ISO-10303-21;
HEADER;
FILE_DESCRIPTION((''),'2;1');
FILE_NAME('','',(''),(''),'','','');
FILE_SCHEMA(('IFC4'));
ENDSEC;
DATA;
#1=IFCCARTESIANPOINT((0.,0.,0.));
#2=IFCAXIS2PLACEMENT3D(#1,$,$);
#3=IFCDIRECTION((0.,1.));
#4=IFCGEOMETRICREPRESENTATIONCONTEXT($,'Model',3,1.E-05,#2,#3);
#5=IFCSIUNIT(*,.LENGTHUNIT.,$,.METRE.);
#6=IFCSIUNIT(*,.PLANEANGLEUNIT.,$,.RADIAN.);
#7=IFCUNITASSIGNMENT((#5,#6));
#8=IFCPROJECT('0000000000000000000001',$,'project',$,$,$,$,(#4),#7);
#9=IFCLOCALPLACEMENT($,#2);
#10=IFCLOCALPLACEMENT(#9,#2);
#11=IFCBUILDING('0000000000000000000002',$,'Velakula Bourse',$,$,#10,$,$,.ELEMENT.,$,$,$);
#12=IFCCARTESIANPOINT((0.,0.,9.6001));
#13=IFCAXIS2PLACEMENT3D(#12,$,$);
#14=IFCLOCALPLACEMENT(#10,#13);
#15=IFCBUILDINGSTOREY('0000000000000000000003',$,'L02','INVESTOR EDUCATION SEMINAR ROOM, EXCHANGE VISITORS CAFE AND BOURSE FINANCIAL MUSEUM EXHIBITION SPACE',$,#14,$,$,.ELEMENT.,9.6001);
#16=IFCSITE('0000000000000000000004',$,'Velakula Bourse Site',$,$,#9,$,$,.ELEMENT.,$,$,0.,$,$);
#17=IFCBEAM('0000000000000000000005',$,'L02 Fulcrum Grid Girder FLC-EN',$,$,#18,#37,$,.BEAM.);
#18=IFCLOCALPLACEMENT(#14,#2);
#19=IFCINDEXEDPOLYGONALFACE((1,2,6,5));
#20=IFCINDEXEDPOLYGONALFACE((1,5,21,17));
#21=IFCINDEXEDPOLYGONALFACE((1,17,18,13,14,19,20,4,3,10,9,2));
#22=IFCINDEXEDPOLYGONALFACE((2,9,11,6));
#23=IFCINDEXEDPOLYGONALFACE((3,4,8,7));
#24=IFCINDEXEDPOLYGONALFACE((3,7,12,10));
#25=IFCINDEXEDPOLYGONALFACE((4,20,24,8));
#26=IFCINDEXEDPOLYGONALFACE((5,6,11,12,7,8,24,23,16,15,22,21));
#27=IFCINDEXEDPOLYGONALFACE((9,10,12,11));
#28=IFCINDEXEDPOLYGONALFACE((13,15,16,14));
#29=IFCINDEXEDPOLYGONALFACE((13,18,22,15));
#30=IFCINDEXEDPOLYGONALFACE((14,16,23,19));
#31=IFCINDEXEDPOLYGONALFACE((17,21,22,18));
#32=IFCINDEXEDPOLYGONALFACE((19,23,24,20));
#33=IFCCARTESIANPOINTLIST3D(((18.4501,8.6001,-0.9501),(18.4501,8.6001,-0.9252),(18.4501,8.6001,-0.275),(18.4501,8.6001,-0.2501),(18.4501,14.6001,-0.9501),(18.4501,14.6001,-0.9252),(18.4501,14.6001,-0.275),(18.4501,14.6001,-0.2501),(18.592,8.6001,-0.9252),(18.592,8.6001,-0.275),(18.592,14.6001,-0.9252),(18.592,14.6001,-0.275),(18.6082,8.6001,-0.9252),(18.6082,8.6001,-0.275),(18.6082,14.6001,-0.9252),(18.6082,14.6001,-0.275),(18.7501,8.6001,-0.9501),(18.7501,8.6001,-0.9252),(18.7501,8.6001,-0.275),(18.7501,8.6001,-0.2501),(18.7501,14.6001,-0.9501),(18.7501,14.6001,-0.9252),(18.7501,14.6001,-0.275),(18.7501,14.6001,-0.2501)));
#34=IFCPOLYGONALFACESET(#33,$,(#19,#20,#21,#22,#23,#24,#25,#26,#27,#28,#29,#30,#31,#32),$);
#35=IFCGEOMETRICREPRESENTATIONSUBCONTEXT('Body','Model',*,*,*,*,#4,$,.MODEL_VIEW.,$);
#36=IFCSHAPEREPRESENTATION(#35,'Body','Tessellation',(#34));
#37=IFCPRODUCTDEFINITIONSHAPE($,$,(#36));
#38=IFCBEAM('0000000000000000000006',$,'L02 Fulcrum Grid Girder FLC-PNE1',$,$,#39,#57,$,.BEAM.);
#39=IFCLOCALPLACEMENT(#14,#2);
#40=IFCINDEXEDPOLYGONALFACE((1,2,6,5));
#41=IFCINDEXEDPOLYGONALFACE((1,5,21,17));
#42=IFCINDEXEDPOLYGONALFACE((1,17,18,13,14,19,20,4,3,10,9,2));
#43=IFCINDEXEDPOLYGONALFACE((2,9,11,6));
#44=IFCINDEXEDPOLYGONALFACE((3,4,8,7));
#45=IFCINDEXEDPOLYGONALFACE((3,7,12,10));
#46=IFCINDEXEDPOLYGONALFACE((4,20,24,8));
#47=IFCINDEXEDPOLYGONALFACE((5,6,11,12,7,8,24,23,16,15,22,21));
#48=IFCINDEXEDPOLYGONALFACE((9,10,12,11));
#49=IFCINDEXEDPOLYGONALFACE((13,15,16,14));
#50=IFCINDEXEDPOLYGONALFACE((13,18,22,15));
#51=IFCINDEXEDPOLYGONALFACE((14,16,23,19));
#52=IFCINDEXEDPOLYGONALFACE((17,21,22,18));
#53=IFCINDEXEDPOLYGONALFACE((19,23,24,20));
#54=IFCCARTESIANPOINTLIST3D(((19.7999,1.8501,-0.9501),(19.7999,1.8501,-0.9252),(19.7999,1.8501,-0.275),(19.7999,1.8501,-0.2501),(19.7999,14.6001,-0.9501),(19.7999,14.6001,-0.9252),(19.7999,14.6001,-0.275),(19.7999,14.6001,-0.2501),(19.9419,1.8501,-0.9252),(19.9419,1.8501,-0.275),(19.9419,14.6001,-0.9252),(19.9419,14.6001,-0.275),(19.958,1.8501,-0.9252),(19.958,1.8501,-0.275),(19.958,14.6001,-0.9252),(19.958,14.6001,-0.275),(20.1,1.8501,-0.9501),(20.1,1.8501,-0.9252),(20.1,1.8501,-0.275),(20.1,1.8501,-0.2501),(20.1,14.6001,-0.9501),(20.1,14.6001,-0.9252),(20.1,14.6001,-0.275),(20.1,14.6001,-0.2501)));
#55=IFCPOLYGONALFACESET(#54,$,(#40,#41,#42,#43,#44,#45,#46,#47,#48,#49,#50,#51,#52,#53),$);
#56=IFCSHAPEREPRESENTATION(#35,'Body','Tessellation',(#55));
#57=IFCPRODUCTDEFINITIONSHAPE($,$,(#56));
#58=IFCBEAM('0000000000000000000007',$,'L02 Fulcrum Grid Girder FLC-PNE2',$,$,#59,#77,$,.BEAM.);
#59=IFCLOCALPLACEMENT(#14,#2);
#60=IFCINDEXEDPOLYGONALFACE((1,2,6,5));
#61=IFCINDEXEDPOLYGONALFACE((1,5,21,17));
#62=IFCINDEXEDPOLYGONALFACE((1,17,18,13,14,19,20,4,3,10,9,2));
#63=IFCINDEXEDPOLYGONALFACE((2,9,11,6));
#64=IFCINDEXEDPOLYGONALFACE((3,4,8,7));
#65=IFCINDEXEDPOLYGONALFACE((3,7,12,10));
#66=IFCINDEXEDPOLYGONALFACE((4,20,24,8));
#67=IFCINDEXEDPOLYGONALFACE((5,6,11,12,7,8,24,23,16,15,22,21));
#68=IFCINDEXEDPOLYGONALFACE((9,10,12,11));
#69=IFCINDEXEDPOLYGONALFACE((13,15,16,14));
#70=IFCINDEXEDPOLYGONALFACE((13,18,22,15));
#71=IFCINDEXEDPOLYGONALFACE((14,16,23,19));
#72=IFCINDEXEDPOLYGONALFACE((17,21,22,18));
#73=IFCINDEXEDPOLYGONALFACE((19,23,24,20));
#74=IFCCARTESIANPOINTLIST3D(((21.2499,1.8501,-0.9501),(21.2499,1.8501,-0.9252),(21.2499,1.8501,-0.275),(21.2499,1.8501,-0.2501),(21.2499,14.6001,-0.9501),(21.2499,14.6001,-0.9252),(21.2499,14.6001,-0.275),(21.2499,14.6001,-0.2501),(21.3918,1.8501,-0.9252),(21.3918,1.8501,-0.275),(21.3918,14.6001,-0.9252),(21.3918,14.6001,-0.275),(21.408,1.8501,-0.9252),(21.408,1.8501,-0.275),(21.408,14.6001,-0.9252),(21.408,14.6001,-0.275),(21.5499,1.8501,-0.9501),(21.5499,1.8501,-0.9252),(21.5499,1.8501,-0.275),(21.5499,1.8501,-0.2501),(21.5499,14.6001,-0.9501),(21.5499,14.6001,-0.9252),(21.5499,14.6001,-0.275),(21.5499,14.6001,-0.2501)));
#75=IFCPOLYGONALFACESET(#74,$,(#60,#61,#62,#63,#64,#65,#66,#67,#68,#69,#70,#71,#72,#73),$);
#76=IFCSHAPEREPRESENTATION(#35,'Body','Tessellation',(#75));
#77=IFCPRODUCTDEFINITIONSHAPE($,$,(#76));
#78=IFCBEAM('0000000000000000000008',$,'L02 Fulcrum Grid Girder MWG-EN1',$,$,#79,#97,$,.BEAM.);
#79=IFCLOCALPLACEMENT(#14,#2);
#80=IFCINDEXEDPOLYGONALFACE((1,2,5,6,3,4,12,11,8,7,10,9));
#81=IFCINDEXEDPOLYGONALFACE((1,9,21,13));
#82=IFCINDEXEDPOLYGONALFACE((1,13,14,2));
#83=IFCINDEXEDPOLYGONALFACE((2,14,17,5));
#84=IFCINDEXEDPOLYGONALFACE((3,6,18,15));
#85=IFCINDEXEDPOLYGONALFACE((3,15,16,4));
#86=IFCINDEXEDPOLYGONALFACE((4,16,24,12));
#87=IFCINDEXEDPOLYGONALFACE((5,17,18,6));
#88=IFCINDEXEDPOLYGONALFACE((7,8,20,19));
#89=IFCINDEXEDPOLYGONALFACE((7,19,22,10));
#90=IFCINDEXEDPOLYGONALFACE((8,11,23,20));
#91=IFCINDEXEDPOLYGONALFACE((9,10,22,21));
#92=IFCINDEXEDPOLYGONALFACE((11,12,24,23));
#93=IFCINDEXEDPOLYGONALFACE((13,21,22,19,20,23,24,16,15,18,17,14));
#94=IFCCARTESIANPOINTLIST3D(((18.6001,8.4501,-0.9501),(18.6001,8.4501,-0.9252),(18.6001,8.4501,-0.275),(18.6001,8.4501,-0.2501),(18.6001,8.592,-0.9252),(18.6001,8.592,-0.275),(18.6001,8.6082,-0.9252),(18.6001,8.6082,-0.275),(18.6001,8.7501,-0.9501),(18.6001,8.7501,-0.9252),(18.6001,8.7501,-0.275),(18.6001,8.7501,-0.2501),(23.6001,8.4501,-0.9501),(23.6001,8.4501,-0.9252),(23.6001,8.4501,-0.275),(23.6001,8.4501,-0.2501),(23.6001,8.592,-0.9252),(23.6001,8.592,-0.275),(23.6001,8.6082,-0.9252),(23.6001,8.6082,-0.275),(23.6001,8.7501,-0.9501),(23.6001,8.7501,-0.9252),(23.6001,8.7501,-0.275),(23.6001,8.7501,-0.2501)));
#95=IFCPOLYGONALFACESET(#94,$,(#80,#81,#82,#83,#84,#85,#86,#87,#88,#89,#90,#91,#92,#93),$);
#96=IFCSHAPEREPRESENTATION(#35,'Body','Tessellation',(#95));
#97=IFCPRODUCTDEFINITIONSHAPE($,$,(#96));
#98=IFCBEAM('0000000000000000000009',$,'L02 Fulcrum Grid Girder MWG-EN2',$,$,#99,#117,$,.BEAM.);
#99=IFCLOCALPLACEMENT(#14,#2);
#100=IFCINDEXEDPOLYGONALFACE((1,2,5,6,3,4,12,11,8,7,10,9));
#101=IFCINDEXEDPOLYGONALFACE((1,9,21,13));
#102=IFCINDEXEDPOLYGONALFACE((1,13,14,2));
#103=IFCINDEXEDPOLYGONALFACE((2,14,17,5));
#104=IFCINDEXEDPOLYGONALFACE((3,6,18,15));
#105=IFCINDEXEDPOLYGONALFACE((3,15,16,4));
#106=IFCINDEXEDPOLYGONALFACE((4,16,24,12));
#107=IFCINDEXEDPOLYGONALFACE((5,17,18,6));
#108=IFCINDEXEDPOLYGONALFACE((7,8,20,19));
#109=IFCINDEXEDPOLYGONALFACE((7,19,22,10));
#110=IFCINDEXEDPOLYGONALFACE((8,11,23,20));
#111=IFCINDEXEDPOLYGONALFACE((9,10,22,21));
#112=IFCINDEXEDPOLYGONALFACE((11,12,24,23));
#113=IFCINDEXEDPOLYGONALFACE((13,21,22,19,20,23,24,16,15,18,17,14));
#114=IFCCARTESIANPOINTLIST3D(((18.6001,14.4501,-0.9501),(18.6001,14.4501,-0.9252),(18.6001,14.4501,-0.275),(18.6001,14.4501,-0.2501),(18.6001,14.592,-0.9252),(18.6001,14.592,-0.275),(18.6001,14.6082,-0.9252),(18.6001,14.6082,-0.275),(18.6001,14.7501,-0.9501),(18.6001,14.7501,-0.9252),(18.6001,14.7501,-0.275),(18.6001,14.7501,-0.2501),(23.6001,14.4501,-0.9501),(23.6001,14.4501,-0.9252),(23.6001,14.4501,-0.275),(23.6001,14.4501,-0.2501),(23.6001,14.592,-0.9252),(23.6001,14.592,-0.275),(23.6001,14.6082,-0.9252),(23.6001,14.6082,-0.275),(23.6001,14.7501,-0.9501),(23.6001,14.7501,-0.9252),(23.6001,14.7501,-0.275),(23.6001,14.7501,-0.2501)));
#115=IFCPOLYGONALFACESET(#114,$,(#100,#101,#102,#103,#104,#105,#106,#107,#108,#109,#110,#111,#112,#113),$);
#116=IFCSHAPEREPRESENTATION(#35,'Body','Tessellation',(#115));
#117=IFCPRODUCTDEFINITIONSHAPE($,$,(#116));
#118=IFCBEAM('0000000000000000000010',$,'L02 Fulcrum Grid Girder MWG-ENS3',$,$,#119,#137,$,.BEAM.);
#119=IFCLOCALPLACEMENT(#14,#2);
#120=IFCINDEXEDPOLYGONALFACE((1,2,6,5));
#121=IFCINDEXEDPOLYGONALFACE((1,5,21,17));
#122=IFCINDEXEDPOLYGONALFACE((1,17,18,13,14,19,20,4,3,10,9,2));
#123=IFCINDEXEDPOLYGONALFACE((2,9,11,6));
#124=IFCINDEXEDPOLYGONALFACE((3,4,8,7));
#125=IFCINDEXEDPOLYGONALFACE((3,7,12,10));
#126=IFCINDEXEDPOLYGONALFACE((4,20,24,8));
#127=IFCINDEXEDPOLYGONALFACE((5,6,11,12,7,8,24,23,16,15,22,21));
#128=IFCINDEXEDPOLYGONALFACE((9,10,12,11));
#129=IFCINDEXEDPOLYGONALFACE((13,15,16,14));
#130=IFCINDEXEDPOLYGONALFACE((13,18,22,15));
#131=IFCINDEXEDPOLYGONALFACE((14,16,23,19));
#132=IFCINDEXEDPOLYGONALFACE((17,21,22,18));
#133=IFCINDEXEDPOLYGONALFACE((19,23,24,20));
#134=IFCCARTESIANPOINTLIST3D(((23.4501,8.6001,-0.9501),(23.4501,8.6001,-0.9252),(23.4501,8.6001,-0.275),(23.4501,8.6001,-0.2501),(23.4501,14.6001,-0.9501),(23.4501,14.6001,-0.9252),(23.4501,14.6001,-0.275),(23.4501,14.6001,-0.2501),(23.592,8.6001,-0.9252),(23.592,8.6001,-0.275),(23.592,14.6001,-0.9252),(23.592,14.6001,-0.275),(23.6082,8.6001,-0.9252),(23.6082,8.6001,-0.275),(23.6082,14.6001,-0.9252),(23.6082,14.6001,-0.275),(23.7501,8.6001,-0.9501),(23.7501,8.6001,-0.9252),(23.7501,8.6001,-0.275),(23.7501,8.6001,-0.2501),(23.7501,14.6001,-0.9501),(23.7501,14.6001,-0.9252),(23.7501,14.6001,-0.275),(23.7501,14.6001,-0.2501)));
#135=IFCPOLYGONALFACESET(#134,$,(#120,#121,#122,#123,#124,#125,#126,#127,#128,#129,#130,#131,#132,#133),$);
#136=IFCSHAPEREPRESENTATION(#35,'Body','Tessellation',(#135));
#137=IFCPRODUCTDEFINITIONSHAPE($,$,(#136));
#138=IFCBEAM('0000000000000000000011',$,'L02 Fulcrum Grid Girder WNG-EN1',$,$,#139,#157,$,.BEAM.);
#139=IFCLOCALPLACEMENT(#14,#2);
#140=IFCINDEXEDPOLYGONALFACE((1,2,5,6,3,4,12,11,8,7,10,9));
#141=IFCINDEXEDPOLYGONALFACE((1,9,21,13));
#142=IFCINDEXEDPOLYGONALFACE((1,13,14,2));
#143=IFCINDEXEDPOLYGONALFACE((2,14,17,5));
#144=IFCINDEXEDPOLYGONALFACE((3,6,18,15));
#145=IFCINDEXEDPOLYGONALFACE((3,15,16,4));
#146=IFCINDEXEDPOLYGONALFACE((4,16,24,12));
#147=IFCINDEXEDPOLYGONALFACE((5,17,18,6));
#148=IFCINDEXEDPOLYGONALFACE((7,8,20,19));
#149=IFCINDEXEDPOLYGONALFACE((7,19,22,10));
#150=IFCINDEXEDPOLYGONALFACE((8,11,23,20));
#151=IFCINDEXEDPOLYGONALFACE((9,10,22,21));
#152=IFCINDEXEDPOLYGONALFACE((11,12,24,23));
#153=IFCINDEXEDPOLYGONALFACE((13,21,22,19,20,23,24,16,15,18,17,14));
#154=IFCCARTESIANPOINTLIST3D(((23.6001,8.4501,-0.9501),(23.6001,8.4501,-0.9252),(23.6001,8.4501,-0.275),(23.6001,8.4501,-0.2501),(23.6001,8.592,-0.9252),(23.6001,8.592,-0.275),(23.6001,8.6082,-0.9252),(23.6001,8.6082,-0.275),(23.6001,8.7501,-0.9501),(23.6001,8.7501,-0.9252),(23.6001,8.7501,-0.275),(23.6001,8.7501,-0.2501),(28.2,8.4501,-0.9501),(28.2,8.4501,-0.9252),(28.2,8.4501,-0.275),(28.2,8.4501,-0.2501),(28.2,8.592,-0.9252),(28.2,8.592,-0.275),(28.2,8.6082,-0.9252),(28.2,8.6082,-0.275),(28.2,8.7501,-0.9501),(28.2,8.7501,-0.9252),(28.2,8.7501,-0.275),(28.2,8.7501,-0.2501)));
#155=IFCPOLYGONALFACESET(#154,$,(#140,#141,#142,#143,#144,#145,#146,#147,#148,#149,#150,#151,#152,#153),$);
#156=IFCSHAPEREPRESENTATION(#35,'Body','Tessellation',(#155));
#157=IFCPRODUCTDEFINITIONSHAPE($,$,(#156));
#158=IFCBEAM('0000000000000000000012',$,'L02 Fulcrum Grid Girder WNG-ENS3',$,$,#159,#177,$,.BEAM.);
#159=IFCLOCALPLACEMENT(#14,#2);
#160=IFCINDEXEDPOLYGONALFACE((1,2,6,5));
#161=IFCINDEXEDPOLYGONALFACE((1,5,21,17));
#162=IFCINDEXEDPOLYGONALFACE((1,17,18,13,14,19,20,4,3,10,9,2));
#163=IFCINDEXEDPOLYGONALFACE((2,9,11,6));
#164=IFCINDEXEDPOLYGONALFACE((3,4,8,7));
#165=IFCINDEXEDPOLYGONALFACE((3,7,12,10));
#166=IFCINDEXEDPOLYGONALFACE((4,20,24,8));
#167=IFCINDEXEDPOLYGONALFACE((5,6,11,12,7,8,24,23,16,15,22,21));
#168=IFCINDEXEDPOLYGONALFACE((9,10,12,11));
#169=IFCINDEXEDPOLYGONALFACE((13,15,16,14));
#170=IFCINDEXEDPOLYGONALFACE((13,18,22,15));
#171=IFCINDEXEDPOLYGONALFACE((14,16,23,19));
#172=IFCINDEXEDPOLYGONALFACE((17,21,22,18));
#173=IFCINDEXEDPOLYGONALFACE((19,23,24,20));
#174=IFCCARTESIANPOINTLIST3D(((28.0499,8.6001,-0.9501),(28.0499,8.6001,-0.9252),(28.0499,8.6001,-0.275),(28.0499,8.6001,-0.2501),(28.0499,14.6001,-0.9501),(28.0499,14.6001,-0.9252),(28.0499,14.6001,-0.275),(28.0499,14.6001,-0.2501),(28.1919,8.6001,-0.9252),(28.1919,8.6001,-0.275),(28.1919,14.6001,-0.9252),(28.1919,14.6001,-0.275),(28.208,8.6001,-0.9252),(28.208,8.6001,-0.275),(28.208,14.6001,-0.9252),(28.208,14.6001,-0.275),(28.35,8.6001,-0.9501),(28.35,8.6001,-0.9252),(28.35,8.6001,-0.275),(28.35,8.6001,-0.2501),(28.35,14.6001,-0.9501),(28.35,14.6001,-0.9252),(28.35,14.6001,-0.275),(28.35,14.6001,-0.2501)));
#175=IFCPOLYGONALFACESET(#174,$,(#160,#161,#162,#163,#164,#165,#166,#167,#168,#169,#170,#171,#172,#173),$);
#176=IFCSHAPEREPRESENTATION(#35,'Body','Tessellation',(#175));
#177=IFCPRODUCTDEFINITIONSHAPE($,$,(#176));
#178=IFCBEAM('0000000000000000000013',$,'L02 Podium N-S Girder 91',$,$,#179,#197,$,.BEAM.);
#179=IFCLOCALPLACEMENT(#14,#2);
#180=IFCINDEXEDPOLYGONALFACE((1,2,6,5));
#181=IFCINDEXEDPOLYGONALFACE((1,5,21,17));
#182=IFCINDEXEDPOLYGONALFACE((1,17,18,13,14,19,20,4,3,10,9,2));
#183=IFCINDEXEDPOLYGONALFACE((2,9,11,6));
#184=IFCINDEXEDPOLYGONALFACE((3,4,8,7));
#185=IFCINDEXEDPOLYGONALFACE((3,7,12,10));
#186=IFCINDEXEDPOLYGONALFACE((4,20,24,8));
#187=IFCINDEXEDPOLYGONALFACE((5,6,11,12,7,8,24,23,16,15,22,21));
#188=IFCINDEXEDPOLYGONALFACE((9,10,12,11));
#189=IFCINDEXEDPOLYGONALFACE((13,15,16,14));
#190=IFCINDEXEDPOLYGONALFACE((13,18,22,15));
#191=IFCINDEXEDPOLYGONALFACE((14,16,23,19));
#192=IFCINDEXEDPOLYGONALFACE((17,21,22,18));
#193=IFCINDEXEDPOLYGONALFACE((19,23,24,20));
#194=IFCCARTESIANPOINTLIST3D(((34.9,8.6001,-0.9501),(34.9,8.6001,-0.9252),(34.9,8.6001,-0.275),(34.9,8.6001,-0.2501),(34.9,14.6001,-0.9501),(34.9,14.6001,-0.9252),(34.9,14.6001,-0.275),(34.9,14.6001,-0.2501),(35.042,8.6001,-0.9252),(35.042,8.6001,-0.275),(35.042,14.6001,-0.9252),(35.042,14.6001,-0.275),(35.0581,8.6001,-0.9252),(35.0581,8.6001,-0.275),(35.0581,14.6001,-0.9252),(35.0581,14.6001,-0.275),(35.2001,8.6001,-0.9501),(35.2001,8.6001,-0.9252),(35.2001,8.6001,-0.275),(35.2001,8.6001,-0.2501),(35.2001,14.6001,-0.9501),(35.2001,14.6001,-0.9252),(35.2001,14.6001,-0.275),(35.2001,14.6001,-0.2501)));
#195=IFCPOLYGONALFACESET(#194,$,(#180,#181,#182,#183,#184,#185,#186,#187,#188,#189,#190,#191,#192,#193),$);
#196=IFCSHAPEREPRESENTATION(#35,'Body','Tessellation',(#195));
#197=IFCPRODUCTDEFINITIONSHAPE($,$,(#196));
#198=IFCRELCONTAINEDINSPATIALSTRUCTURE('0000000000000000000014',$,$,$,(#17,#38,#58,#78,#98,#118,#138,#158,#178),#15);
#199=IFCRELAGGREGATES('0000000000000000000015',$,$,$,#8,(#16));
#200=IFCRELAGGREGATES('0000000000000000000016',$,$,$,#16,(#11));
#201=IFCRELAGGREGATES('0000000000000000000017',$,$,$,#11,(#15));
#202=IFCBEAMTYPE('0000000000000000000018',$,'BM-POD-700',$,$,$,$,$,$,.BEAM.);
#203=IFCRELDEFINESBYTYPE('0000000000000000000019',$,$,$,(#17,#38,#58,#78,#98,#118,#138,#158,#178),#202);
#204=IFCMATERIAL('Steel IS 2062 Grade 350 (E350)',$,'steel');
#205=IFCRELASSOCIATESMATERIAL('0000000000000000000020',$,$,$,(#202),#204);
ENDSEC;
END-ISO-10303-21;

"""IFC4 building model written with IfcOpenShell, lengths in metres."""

from ifc_helpers import new_model, si_unit, direction, frame, origin, origin_2d, place, context, subcontext, project, spatial, i_section, extrude, material, material_profile, profile_set, type_object, element, save


model = new_model("IFC4")

# Units and contexts
model_context = context("Model", 3, precision=1e-05, world=origin(), true_north=direction((0.0, 1.0)))
body_context = subcontext(model_context, "Body", "Model", "MODEL_VIEW")
ifc_project = project(units=[si_unit("LENGTHUNIT", "METRE"), si_unit("PLANEANGLEUNIT", "RADIAN")], contexts=[model_context])

# Site, building, storey
site_placement = place(None, origin())
site = spatial("IfcSite", under=ifc_project, at=site_placement, Name="Velakula Bourse Site", CompositionType="ELEMENT", RefElevation=0.0)
building_placement = place(site_placement, origin())
building = spatial("IfcBuilding", under=site, at=building_placement, Name="Velakula Bourse", CompositionType="ELEMENT")
storey_placement = place(building_placement, frame((0.0, 0.0, 9.6001)))
storey = spatial("IfcBuildingStorey", under=building, at=storey_placement, Name="L02", Description="INVESTOR EDUCATION SEMINAR ROOM, EXCHANGE VISITORS CAFE AND BOURSE FINANCIAL MUSEUM EXHIBITION SPACE", CompositionType="ELEMENT", Elevation=9.6001)

# Beams
ifc_material_1 = material(Name="Steel IS 2062 Grade 350 (E350)", Category="steel")
ifc_material_profile_1 = material_profile(ifc_material_1, i_section(OverallWidth=0.3, OverallDepth=0.7, WebThickness=0.0161, FlangeThickness=0.0249, at=origin_2d()), Name="Steel IS 2062 Grade 350 (E350)")
ifc_profile_set_1 = profile_set([ifc_material_profile_1], Name="Steel IS 2062 Grade 350 (E350)")
beam_type_1 = type_object("IfcBeamType", Name="BM-POD-700", PredefinedType="BEAM", material=ifc_profile_set_1)
beam_1_placement = place(storey_placement, frame((18.6001, 8.6001, -0.6001), z_axis=(0.0, 1.0, 0.0), x_axis=(-1.0, 0.0, 0.0)))
element("IfcBeam", 1, at=beam_1_placement, inside=storey, type_object=beam_type_1, Name="L02 Fulcrum Grid Girder FLC-EN", PredefinedType="BEAM", context=body_context, shape_type="SweptSolid", body=[
    extrude(i_section(OverallWidth=0.3, OverallDepth=0.7, WebThickness=0.0161, FlangeThickness=0.0249, at=origin_2d()), origin(), (0.0, 0.0, 1.0), 6.0),
])
for number, where, z_axis, x_axis, name in (
    (2, (19.95, 1.8501, -0.6001), (0.0, 1.0, 0.0), (-1.0, 0.0, 0.0), "L02 Fulcrum Grid Girder FLC-PNE1"),
    (3, (21.3999, 1.8501, -0.6001), (0.0, 1.0, 0.0), (-1.0, 0.0, 0.0), "L02 Fulcrum Grid Girder FLC-PNE2"),
):
    element("IfcBeam", number, at=place(storey_placement, frame(where, z_axis=z_axis, x_axis=x_axis)), inside=storey, type_object=beam_type_1, Name=name, PredefinedType="BEAM", context=body_context, shape_type="SweptSolid", body=[
        extrude(i_section(OverallWidth=0.3, OverallDepth=0.7, WebThickness=0.0161, FlangeThickness=0.0249, at=origin_2d()), origin(), (0.0, 0.0, 1.0), 12.75),
    ])
for number, where, z_axis, x_axis, name in (
    (4, (18.6001, 8.6001, -0.6001), (1.0, 0.0, 0.0), (0.0, 1.0, 0.0), "L02 Fulcrum Grid Girder MWG-EN1"),
    (5, (18.6001, 14.6001, -0.6001), (1.0, 0.0, 0.0), (0.0, 1.0, 0.0), "L02 Fulcrum Grid Girder MWG-EN2"),
):
    element("IfcBeam", number, at=place(storey_placement, frame(where, z_axis=z_axis, x_axis=x_axis)), inside=storey, type_object=beam_type_1, Name=name, PredefinedType="BEAM", context=body_context, shape_type="SweptSolid", body=[
        extrude(i_section(OverallWidth=0.3, OverallDepth=0.7, WebThickness=0.0161, FlangeThickness=0.0249, at=origin_2d()), origin(), (0.0, 0.0, 1.0), 5.0),
    ])
beam_2_placement = place(storey_placement, frame((23.6001, 8.6001, -0.6001), z_axis=(0.0, 1.0, 0.0), x_axis=(-1.0, 0.0, 0.0)))
element("IfcBeam", 6, at=beam_2_placement, inside=storey, type_object=beam_type_1, Name="L02 Fulcrum Grid Girder MWG-ENS3", PredefinedType="BEAM", context=body_context, shape_type="SweptSolid", body=[
    extrude(i_section(OverallWidth=0.3, OverallDepth=0.7, WebThickness=0.0161, FlangeThickness=0.0249, at=origin_2d()), origin(), (0.0, 0.0, 1.0), 6.0),
])
beam_3_placement = place(storey_placement, frame((23.6001, 8.6001, -0.6001), z_axis=(1.0, 0.0, 0.0), x_axis=(0.0, 1.0, 0.0)))
element("IfcBeam", 7, at=beam_3_placement, inside=storey, type_object=beam_type_1, Name="L02 Fulcrum Grid Girder WNG-EN1", PredefinedType="BEAM", context=body_context, shape_type="SweptSolid", body=[
    extrude(i_section(OverallWidth=0.3, OverallDepth=0.7, WebThickness=0.0161, FlangeThickness=0.0249, at=origin_2d()), origin(), (0.0, 0.0, 1.0), 4.5999),
])
for number, where, z_axis, x_axis, name in (
    (8, (28.2, 8.6001, -0.6001), (0.0, 1.0, 0.0), (-1.0, 0.0, 0.0), "L02 Fulcrum Grid Girder WNG-ENS3"),
    (9, (35.05, 8.6001, -0.6001), (0.0, 1.0, 0.0), (-1.0, 0.0, 0.0), "L02 Podium N-S Girder 91"),
):
    element("IfcBeam", number, at=place(storey_placement, frame(where, z_axis=z_axis, x_axis=x_axis)), inside=storey, type_object=beam_type_1, Name=name, PredefinedType="BEAM", context=body_context, shape_type="SweptSolid", body=[
        extrude(i_section(OverallWidth=0.3, OverallDepth=0.7, WebThickness=0.0161, FlangeThickness=0.0249, at=origin_2d()), origin(), (0.0, 0.0, 1.0), 6.0),
    ])

save(model, "model.ifc")
